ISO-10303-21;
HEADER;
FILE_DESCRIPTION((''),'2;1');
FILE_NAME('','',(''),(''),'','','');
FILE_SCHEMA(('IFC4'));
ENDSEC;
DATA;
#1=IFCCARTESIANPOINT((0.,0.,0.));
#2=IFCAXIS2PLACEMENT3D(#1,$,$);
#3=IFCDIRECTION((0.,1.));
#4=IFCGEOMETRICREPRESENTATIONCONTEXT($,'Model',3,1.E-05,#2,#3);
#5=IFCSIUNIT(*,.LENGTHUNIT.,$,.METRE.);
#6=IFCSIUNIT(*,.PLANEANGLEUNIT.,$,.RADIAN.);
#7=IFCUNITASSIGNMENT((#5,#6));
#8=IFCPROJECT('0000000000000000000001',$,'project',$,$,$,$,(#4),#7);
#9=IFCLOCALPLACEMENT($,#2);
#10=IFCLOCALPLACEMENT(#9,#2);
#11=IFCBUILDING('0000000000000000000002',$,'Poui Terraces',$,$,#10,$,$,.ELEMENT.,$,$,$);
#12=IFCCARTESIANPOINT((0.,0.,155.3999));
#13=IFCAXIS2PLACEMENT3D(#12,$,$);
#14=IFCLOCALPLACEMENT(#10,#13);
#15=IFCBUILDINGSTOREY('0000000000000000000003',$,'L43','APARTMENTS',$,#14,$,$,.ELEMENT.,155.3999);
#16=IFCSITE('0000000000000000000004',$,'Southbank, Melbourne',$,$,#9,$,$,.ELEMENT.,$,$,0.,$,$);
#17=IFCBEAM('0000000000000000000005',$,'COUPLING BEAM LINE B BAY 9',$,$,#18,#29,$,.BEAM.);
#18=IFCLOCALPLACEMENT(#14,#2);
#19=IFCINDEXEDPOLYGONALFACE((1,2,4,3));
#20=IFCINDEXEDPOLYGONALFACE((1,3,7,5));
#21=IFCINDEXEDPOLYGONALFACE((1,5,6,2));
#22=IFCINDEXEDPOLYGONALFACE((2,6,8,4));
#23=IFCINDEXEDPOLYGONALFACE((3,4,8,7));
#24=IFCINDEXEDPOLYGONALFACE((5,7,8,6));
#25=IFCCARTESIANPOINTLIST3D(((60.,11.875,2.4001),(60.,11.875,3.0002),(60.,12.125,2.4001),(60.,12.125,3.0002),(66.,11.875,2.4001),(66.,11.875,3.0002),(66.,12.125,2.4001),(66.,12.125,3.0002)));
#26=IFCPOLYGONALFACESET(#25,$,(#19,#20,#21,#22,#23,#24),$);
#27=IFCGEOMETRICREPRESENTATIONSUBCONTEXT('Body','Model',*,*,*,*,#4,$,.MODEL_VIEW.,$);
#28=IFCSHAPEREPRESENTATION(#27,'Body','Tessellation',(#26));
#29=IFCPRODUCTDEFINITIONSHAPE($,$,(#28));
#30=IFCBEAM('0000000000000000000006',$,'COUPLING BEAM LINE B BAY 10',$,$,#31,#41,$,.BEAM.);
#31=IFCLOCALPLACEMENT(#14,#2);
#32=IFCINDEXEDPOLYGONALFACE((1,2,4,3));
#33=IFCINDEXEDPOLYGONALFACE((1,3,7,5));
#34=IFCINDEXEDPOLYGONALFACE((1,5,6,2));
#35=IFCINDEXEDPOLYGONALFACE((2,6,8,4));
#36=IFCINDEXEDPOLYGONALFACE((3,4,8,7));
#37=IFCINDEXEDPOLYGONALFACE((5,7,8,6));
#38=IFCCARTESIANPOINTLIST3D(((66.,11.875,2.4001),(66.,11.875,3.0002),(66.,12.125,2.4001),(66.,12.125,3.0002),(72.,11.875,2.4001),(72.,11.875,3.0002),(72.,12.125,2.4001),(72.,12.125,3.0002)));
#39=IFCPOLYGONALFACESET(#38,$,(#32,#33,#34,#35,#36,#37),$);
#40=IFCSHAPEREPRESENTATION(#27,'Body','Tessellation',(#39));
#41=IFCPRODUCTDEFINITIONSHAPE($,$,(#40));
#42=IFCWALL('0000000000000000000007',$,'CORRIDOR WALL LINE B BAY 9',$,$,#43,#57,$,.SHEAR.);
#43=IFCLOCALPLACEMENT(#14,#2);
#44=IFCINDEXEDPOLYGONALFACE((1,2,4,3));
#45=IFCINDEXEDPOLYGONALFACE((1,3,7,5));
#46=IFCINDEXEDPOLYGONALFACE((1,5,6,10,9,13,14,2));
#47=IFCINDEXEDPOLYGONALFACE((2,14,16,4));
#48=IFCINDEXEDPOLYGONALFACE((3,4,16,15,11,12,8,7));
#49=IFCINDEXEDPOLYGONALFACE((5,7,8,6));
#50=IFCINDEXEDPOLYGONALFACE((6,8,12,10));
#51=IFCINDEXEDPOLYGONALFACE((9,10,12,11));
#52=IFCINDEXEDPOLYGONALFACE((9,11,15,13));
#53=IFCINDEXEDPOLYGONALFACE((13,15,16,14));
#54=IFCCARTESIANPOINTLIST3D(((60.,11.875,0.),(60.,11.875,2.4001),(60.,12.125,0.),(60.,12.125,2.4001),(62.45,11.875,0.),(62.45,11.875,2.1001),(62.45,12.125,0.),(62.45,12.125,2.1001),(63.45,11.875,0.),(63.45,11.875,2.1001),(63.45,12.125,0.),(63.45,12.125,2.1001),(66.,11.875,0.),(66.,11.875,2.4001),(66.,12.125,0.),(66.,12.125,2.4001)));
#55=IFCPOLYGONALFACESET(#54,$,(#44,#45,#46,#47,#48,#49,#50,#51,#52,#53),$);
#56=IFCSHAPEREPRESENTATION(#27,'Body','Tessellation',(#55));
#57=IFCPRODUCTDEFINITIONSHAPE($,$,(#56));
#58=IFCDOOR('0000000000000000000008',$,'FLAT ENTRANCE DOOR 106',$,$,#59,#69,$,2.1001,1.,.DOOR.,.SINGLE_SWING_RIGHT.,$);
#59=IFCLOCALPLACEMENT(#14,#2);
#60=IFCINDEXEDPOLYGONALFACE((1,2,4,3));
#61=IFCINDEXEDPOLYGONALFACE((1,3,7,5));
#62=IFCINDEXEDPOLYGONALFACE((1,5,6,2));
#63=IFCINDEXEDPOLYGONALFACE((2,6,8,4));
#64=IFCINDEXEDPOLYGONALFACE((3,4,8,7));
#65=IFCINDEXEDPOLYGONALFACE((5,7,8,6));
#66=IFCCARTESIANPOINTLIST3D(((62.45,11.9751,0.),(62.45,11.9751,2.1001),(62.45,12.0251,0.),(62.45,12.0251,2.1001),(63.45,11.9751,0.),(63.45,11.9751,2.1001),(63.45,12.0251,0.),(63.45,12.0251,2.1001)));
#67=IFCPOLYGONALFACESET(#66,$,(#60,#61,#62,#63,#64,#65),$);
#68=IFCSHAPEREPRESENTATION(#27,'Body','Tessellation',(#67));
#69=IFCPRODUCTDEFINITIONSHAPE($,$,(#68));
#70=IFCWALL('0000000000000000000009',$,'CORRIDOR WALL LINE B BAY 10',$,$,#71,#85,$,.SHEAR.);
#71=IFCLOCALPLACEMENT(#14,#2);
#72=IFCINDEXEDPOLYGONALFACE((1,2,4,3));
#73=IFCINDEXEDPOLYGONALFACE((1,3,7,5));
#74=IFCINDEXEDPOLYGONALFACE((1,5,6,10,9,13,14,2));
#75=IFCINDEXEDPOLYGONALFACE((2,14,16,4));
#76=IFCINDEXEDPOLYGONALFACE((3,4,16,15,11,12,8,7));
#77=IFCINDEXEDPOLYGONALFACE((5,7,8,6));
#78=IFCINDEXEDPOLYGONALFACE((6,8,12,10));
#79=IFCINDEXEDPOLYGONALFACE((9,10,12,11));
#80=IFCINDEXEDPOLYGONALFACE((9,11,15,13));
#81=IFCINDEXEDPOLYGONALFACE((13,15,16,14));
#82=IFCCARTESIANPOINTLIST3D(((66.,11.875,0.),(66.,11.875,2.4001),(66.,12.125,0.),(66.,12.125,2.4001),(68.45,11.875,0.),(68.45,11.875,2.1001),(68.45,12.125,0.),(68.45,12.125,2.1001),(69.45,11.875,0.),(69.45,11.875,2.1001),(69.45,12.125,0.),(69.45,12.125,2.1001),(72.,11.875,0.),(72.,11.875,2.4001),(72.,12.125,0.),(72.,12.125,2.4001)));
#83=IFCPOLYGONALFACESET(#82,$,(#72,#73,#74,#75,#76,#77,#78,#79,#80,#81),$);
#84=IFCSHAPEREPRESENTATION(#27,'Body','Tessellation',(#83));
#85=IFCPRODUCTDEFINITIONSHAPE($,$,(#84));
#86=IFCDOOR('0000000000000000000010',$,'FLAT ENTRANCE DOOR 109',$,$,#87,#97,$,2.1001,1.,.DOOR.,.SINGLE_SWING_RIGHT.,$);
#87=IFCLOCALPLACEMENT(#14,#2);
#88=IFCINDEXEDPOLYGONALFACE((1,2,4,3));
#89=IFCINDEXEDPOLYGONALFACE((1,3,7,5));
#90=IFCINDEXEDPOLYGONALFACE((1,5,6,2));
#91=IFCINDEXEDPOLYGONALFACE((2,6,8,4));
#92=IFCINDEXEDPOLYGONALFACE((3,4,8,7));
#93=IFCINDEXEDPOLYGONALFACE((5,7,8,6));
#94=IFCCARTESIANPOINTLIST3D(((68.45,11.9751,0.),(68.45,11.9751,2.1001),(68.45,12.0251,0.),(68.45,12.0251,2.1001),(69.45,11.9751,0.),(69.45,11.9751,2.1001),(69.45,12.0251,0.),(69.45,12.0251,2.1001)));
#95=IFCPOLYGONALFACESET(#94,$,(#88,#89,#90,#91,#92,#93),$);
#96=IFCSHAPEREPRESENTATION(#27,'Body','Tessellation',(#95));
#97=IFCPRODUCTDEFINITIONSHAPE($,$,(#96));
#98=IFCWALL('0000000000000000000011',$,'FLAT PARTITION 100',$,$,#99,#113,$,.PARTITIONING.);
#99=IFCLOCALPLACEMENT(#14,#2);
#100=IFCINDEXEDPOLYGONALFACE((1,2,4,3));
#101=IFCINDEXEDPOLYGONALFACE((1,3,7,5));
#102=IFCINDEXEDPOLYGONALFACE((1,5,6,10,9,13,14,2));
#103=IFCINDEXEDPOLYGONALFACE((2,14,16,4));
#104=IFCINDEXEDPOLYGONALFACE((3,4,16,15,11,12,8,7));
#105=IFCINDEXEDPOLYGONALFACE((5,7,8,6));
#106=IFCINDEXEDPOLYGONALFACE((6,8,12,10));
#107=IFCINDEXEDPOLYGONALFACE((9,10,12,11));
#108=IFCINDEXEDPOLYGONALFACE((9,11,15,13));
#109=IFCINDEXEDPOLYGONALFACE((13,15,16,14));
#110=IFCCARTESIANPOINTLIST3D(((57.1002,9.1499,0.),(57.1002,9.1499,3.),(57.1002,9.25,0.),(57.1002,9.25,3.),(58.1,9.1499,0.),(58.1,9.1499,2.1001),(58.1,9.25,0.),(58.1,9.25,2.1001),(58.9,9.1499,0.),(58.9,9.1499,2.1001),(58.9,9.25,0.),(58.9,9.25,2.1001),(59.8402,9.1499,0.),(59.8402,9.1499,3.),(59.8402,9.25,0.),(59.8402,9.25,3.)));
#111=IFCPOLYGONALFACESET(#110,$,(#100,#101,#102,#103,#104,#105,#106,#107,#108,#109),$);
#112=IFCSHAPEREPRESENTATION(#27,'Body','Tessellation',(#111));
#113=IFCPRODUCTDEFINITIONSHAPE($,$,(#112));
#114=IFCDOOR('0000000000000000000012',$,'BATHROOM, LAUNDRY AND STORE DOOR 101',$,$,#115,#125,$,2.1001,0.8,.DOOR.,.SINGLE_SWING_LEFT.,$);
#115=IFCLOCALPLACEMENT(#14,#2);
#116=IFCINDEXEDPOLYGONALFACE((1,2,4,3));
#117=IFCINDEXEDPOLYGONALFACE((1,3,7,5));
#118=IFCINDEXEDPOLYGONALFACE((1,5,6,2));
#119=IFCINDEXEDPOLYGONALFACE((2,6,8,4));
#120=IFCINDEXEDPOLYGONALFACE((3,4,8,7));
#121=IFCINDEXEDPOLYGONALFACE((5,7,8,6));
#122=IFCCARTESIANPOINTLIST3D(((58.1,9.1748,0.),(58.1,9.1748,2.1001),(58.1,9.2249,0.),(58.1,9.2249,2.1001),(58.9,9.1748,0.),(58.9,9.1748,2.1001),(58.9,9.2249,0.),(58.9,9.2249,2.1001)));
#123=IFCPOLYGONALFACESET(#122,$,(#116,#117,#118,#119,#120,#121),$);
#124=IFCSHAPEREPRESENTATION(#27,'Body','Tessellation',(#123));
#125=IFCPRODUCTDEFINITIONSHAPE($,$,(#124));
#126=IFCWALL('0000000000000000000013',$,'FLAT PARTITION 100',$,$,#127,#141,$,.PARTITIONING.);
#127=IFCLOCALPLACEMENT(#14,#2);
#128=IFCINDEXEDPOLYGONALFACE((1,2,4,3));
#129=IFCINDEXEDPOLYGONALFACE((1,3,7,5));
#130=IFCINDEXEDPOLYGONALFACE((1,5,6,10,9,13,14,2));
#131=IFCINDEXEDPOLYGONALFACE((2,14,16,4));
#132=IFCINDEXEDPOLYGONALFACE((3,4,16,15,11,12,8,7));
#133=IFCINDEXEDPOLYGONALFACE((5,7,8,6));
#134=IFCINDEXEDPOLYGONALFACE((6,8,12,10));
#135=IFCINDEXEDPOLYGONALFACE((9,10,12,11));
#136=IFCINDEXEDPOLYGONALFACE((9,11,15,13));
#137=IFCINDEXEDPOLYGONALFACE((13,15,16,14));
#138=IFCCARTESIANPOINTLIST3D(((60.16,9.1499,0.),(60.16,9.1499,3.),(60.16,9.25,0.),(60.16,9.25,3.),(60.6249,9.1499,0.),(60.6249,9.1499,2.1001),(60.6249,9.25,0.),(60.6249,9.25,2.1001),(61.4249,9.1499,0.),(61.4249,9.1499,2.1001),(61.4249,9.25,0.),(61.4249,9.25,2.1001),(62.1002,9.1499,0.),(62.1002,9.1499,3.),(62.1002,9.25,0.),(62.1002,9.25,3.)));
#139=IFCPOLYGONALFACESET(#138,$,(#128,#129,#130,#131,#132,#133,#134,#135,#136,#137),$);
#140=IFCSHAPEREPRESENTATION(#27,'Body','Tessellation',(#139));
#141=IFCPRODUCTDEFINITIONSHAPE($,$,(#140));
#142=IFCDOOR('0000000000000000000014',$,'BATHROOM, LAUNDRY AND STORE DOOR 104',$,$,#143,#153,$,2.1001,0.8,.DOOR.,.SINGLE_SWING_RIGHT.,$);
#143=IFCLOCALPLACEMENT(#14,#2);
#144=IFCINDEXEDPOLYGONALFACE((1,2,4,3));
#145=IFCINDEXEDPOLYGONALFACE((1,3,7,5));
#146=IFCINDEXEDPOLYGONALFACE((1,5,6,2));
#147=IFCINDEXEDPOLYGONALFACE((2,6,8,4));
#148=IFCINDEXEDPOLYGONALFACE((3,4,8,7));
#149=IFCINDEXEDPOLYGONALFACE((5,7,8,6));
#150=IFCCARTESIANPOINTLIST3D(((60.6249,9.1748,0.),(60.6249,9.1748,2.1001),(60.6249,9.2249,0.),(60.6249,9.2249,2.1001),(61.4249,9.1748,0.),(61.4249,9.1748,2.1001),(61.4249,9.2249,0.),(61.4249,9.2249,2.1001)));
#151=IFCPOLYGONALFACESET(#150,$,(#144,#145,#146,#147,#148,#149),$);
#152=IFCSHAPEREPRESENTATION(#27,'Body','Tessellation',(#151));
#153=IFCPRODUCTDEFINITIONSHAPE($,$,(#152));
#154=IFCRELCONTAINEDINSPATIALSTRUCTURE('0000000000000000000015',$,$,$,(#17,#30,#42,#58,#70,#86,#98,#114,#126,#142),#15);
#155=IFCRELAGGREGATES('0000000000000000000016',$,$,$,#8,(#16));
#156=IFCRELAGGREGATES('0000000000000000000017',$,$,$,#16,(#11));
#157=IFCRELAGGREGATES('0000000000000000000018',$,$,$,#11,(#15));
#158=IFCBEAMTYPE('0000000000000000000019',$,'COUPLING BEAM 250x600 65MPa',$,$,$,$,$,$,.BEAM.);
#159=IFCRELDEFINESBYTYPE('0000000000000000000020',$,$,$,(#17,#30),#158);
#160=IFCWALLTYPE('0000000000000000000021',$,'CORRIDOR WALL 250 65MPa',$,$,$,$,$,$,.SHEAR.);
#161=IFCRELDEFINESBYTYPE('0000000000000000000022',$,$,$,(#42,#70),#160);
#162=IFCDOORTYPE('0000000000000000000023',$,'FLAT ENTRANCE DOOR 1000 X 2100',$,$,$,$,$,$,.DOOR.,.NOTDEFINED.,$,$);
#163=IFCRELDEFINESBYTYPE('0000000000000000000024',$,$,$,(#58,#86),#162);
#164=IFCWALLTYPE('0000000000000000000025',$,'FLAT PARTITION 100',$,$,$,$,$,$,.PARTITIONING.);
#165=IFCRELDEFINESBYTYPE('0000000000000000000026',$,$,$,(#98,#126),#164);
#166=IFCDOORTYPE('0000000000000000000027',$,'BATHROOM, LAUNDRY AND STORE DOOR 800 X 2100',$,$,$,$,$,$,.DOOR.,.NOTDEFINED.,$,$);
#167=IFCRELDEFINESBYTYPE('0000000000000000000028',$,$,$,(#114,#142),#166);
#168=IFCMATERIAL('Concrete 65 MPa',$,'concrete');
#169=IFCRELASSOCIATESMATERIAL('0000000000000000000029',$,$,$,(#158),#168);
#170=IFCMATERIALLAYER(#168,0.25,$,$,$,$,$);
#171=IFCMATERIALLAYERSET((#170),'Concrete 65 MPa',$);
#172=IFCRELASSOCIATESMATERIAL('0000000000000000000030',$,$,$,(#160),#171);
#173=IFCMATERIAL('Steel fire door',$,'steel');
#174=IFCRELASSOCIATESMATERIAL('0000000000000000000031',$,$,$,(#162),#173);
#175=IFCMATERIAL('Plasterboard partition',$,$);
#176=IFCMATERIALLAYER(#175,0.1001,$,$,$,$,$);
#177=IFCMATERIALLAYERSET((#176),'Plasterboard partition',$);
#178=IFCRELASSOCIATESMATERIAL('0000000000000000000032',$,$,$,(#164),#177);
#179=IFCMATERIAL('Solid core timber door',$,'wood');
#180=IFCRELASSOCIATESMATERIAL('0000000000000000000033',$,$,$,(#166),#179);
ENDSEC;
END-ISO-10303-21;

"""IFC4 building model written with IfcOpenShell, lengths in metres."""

from ifc_helpers import new_model, si_unit, direction, frame, frame_2d, origin, origin_2d, place, context, subcontext, project, spatial, rectangle, extrude, source, transform, mapped, material, layer, layer_set, material_profile, profile_set, type_object, element, fill, save


model = new_model("IFC4")

# Units and contexts
model_context = context("Model", 3, precision=1e-05, world=origin(), true_north=direction((0.0, 1.0)))
body_context = subcontext(model_context, "Body", "Model", "MODEL_VIEW")
ifc_project = project(units=[si_unit("LENGTHUNIT", "METRE"), si_unit("PLANEANGLEUNIT", "RADIAN")], contexts=[model_context])

# Site, building, storey
site_placement = place(None, origin())
site = spatial("IfcSite", under=ifc_project, at=site_placement, Name="Southbank, Melbourne", CompositionType="ELEMENT", RefElevation=0.0)
building_placement = place(site_placement, origin())
building = spatial("IfcBuilding", under=site, at=building_placement, Name="Poui Terraces", CompositionType="ELEMENT")
storey_placement = place(building_placement, frame((0.0, 0.0, 155.3999)))
storey = spatial("IfcBuildingStorey", under=building, at=storey_placement, Name="L43", Description="APARTMENTS", CompositionType="ELEMENT", Elevation=155.3999)

# Beams
ifc_material_1 = material(Name="Concrete 65 MPa", Category="concrete")
ifc_material_profile = material_profile(ifc_material_1, rectangle(XDim=0.25, YDim=0.6001, at=origin_2d()), Name="RC 250x600")
ifc_profile_set = profile_set([ifc_material_profile], Name="Concrete 65 MPa")
beam_type = type_object("IfcBeamType", Name="COUPLING BEAM 250x600 65MPa", PredefinedType="BEAM", material=ifc_profile_set)
shared_shape = source(origin(), body_context, "Body", "SweptSolid", [
    extrude(rectangle(XDim=0.25, YDim=0.6001, at=origin_2d()), origin(), (0.0, 0.0, 1.0), 6.0),
])
for number, where, z_axis, x_axis, name in (
    (1, (60.0, 12.0, 2.7002), (1.0, 0.0, 0.0), (0.0, 1.0, 0.0), "COUPLING BEAM LINE B BAY 9"),
    (2, (66.0, 12.0, 2.7002), (1.0, 0.0, 0.0), (0.0, 1.0, 0.0), "COUPLING BEAM LINE B BAY 10"),
):
    element("IfcBeam", number, at=place(storey_placement, frame(where, z_axis=z_axis, x_axis=x_axis)), inside=storey, type_object=beam_type, Name=name, PredefinedType="BEAM", context=body_context, shape_type="MappedRepresentation", body=[
        mapped(shared_shape, transform((0.0, 0.0, 0.0))),
    ])

# Walls, openings, doors
ifc_layer_1 = layer(ifc_material_1, 0.25)
ifc_layer_set_1 = layer_set([ifc_layer_1], Name="Concrete 65 MPa")
wall_type_1 = type_object("IfcWallType", Name="CORRIDOR WALL 250 65MPa", PredefinedType="SHEAR", material=ifc_layer_set_1)
wall_1_placement = place(storey_placement, frame((60.0, 12.0, 0.0), z_axis=(0.0, 0.0, 1.0), x_axis=(1.0, 0.0, 0.0)))
wall_1 = element("IfcWall", 3, at=wall_1_placement, inside=storey, type_object=wall_type_1, Name="CORRIDOR WALL LINE B BAY 9", PredefinedType="SHEAR", context=body_context, shape_type="SweptSolid", body=[
    extrude(rectangle(XDim=6.0, YDim=0.25, at=frame_2d((3.0, 0.0))), origin(), (0.0, 0.0, 1.0), 2.4001),
])
opening_1_placement = place(wall_1_placement, frame((2.45, 0.0, 0.0)))
opening_1 = element("IfcOpeningElement", 4, at=opening_1_placement, cuts=wall_1, PredefinedType="OPENING", context=body_context, shape_type="SweptSolid", body=[
    extrude(rectangle(XDim=1.0, YDim=2.1001, at=frame_2d((0.5, 1.05))), frame((0.0, 0.135, 0.0), z_axis=(0.0, -1.0, 0.0), x_axis=(1.0, 0.0, 0.0)), (0.0, 0.0, 1.0), 0.27),
])
ifc_material_2 = material(Name="Steel fire door", Category="steel")
door_type_1 = type_object("IfcDoorType", Name="FLAT ENTRANCE DOOR 1000 X 2100", OperationType="NOTDEFINED", PredefinedType="DOOR", material=ifc_material_2)
door_1_placement = place(opening_1_placement, frame((1.0, 0.0, 0.0), z_axis=(0.0, 0.0, 1.0), x_axis=(-1.0, 0.0, 0.0)))
door_1 = element("IfcDoor", 5, at=door_1_placement, inside=storey, type_object=door_type_1, Name="FLAT ENTRANCE DOOR 106", OperationType="SINGLE_SWING_RIGHT", OverallHeight=2.1001, OverallWidth=1.0, PredefinedType="DOOR", context=body_context, shape_type="SweptSolid", body=[
    extrude(rectangle(XDim=1.0, YDim=2.1001, at=frame_2d((0.5, 1.05))), frame((0.0, 0.0249, 0.0), z_axis=(0.0, -1.0, 0.0), x_axis=(1.0, 0.0, 0.0)), (0.0, 0.0, 1.0), 0.05),
])
fill(opening_1, door_1)
wall_2_placement = place(storey_placement, frame((66.0, 12.0, 0.0), z_axis=(0.0, 0.0, 1.0), x_axis=(1.0, 0.0, 0.0)))
wall_2 = element("IfcWall", 6, at=wall_2_placement, inside=storey, type_object=wall_type_1, Name="CORRIDOR WALL LINE B BAY 10", PredefinedType="SHEAR", context=body_context, shape_type="SweptSolid", body=[
    extrude(rectangle(XDim=6.0, YDim=0.25, at=frame_2d((3.0, 0.0))), origin(), (0.0, 0.0, 1.0), 2.4001),
])
opening_2_placement = place(wall_2_placement, frame((2.45, 0.0, 0.0)))
opening_2 = element("IfcOpeningElement", 7, at=opening_2_placement, cuts=wall_2, PredefinedType="OPENING", context=body_context, shape_type="SweptSolid", body=[
    extrude(rectangle(XDim=1.0, YDim=2.1001, at=frame_2d((0.5, 1.05))), frame((0.0, 0.135, 0.0), z_axis=(0.0, -1.0, 0.0), x_axis=(1.0, 0.0, 0.0)), (0.0, 0.0, 1.0), 0.27),
])
door_2_placement = place(opening_2_placement, frame((1.0, 0.0, 0.0), z_axis=(0.0, 0.0, 1.0), x_axis=(-1.0, 0.0, 0.0)))
door_2 = element("IfcDoor", 8, at=door_2_placement, inside=storey, type_object=door_type_1, Name="FLAT ENTRANCE DOOR 109", OperationType="SINGLE_SWING_RIGHT", OverallHeight=2.1001, OverallWidth=1.0, PredefinedType="DOOR", context=body_context, shape_type="SweptSolid", body=[
    extrude(rectangle(XDim=1.0, YDim=2.1001, at=frame_2d((0.5, 1.05))), frame((0.0, 0.0249, 0.0), z_axis=(0.0, -1.0, 0.0), x_axis=(1.0, 0.0, 0.0)), (0.0, 0.0, 1.0), 0.05),
])
fill(opening_2, door_2)
ifc_material_3 = material(Name="Plasterboard partition")
ifc_layer_2 = layer(ifc_material_3, 0.1001)
ifc_layer_set_2 = layer_set([ifc_layer_2], Name="Plasterboard partition")
wall_type_2 = type_object("IfcWallType", Name="FLAT PARTITION 100", PredefinedType="PARTITIONING", material=ifc_layer_set_2)
wall_3_placement = place(storey_placement, frame((57.1001, 9.2, 0.0), z_axis=(0.0, 0.0, 1.0), x_axis=(1.0, 0.0, 0.0)))
wall_3 = element("IfcWall", 9, at=wall_3_placement, inside=storey, type_object=wall_type_2, Name="FLAT PARTITION 100", PredefinedType="PARTITIONING", context=body_context, shape_type="SweptSolid", body=[
    extrude(rectangle(XDim=2.74, YDim=0.1001, at=frame_2d((1.3701, 0.0))), origin(), (0.0, 0.0, 1.0), 3.0),
])
opening_3_placement = place(wall_3_placement, frame((1.0, 0.0, 0.0)))
opening_3 = element("IfcOpeningElement", 10, at=opening_3_placement, cuts=wall_3, PredefinedType="OPENING", context=body_context, shape_type="SweptSolid", body=[
    extrude(rectangle(XDim=0.8, YDim=2.1001, at=frame_2d((0.3999, 1.05))), frame((0.0, 0.0601, 0.0), z_axis=(0.0, -1.0, 0.0), x_axis=(1.0, 0.0, 0.0)), (0.0, 0.0, 1.0), 0.1201),
])
ifc_material_4 = material(Name="Solid core timber door", Category="wood")
door_type_2 = type_object("IfcDoorType", Name="BATHROOM, LAUNDRY AND STORE DOOR 800 X 2100", OperationType="NOTDEFINED", PredefinedType="DOOR", material=ifc_material_4)
door_3_placement = place(opening_3_placement, origin())
door_3 = element("IfcDoor", 11, at=door_3_placement, inside=storey, type_object=door_type_2, Name="BATHROOM, LAUNDRY AND STORE DOOR 101", OperationType="SINGLE_SWING_LEFT", OverallHeight=2.1001, OverallWidth=0.8, PredefinedType="DOOR", context=body_context, shape_type="SweptSolid", body=[
    extrude(rectangle(XDim=0.8, YDim=2.1001, at=frame_2d((0.3999, 1.05))), frame((0.0, 0.0249, 0.0), z_axis=(0.0, -1.0, 0.0), x_axis=(1.0, 0.0, 0.0)), (0.0, 0.0, 1.0), 0.05),
])
fill(opening_3, door_3)
wall_4_placement = place(storey_placement, frame((60.1599, 9.2, 0.0), z_axis=(0.0, 0.0, 1.0), x_axis=(1.0, 0.0, 0.0)))
wall_4 = element("IfcWall", 12, at=wall_4_placement, inside=storey, type_object=wall_type_2, Name="FLAT PARTITION 100", PredefinedType="PARTITIONING", context=body_context, shape_type="SweptSolid", body=[
    extrude(rectangle(XDim=1.9402, YDim=0.1001, at=frame_2d((0.9702, 0.0))), origin(), (0.0, 0.0, 1.0), 3.0),
])
opening_4_placement = place(wall_4_placement, frame((0.4651, 0.0, 0.0)))
opening_4 = element("IfcOpeningElement", 13, at=opening_4_placement, cuts=wall_4, PredefinedType="OPENING", context=body_context, shape_type="SweptSolid", body=[
    extrude(rectangle(XDim=0.8, YDim=2.1001, at=frame_2d((0.3999, 1.05))), frame((0.0, 0.0601, 0.0), z_axis=(0.0, -1.0, 0.0), x_axis=(1.0, 0.0, 0.0)), (0.0, 0.0, 1.0), 0.1201),
])
door_4_placement = place(opening_4_placement, origin())
door_4 = element("IfcDoor", 14, at=door_4_placement, inside=storey, type_object=door_type_2, Name="BATHROOM, LAUNDRY AND STORE DOOR 104", OperationType="SINGLE_SWING_RIGHT", OverallHeight=2.1001, OverallWidth=0.8, PredefinedType="DOOR", context=body_context, shape_type="SweptSolid", body=[
    extrude(rectangle(XDim=0.8, YDim=2.1001, at=frame_2d((0.3999, 1.05))), frame((0.0, 0.0249, 0.0), z_axis=(0.0, -1.0, 0.0), x_axis=(1.0, 0.0, 0.0)), (0.0, 0.0, 1.0), 0.05),
])
fill(opening_4, door_4)

save(model, "model.ifc")
